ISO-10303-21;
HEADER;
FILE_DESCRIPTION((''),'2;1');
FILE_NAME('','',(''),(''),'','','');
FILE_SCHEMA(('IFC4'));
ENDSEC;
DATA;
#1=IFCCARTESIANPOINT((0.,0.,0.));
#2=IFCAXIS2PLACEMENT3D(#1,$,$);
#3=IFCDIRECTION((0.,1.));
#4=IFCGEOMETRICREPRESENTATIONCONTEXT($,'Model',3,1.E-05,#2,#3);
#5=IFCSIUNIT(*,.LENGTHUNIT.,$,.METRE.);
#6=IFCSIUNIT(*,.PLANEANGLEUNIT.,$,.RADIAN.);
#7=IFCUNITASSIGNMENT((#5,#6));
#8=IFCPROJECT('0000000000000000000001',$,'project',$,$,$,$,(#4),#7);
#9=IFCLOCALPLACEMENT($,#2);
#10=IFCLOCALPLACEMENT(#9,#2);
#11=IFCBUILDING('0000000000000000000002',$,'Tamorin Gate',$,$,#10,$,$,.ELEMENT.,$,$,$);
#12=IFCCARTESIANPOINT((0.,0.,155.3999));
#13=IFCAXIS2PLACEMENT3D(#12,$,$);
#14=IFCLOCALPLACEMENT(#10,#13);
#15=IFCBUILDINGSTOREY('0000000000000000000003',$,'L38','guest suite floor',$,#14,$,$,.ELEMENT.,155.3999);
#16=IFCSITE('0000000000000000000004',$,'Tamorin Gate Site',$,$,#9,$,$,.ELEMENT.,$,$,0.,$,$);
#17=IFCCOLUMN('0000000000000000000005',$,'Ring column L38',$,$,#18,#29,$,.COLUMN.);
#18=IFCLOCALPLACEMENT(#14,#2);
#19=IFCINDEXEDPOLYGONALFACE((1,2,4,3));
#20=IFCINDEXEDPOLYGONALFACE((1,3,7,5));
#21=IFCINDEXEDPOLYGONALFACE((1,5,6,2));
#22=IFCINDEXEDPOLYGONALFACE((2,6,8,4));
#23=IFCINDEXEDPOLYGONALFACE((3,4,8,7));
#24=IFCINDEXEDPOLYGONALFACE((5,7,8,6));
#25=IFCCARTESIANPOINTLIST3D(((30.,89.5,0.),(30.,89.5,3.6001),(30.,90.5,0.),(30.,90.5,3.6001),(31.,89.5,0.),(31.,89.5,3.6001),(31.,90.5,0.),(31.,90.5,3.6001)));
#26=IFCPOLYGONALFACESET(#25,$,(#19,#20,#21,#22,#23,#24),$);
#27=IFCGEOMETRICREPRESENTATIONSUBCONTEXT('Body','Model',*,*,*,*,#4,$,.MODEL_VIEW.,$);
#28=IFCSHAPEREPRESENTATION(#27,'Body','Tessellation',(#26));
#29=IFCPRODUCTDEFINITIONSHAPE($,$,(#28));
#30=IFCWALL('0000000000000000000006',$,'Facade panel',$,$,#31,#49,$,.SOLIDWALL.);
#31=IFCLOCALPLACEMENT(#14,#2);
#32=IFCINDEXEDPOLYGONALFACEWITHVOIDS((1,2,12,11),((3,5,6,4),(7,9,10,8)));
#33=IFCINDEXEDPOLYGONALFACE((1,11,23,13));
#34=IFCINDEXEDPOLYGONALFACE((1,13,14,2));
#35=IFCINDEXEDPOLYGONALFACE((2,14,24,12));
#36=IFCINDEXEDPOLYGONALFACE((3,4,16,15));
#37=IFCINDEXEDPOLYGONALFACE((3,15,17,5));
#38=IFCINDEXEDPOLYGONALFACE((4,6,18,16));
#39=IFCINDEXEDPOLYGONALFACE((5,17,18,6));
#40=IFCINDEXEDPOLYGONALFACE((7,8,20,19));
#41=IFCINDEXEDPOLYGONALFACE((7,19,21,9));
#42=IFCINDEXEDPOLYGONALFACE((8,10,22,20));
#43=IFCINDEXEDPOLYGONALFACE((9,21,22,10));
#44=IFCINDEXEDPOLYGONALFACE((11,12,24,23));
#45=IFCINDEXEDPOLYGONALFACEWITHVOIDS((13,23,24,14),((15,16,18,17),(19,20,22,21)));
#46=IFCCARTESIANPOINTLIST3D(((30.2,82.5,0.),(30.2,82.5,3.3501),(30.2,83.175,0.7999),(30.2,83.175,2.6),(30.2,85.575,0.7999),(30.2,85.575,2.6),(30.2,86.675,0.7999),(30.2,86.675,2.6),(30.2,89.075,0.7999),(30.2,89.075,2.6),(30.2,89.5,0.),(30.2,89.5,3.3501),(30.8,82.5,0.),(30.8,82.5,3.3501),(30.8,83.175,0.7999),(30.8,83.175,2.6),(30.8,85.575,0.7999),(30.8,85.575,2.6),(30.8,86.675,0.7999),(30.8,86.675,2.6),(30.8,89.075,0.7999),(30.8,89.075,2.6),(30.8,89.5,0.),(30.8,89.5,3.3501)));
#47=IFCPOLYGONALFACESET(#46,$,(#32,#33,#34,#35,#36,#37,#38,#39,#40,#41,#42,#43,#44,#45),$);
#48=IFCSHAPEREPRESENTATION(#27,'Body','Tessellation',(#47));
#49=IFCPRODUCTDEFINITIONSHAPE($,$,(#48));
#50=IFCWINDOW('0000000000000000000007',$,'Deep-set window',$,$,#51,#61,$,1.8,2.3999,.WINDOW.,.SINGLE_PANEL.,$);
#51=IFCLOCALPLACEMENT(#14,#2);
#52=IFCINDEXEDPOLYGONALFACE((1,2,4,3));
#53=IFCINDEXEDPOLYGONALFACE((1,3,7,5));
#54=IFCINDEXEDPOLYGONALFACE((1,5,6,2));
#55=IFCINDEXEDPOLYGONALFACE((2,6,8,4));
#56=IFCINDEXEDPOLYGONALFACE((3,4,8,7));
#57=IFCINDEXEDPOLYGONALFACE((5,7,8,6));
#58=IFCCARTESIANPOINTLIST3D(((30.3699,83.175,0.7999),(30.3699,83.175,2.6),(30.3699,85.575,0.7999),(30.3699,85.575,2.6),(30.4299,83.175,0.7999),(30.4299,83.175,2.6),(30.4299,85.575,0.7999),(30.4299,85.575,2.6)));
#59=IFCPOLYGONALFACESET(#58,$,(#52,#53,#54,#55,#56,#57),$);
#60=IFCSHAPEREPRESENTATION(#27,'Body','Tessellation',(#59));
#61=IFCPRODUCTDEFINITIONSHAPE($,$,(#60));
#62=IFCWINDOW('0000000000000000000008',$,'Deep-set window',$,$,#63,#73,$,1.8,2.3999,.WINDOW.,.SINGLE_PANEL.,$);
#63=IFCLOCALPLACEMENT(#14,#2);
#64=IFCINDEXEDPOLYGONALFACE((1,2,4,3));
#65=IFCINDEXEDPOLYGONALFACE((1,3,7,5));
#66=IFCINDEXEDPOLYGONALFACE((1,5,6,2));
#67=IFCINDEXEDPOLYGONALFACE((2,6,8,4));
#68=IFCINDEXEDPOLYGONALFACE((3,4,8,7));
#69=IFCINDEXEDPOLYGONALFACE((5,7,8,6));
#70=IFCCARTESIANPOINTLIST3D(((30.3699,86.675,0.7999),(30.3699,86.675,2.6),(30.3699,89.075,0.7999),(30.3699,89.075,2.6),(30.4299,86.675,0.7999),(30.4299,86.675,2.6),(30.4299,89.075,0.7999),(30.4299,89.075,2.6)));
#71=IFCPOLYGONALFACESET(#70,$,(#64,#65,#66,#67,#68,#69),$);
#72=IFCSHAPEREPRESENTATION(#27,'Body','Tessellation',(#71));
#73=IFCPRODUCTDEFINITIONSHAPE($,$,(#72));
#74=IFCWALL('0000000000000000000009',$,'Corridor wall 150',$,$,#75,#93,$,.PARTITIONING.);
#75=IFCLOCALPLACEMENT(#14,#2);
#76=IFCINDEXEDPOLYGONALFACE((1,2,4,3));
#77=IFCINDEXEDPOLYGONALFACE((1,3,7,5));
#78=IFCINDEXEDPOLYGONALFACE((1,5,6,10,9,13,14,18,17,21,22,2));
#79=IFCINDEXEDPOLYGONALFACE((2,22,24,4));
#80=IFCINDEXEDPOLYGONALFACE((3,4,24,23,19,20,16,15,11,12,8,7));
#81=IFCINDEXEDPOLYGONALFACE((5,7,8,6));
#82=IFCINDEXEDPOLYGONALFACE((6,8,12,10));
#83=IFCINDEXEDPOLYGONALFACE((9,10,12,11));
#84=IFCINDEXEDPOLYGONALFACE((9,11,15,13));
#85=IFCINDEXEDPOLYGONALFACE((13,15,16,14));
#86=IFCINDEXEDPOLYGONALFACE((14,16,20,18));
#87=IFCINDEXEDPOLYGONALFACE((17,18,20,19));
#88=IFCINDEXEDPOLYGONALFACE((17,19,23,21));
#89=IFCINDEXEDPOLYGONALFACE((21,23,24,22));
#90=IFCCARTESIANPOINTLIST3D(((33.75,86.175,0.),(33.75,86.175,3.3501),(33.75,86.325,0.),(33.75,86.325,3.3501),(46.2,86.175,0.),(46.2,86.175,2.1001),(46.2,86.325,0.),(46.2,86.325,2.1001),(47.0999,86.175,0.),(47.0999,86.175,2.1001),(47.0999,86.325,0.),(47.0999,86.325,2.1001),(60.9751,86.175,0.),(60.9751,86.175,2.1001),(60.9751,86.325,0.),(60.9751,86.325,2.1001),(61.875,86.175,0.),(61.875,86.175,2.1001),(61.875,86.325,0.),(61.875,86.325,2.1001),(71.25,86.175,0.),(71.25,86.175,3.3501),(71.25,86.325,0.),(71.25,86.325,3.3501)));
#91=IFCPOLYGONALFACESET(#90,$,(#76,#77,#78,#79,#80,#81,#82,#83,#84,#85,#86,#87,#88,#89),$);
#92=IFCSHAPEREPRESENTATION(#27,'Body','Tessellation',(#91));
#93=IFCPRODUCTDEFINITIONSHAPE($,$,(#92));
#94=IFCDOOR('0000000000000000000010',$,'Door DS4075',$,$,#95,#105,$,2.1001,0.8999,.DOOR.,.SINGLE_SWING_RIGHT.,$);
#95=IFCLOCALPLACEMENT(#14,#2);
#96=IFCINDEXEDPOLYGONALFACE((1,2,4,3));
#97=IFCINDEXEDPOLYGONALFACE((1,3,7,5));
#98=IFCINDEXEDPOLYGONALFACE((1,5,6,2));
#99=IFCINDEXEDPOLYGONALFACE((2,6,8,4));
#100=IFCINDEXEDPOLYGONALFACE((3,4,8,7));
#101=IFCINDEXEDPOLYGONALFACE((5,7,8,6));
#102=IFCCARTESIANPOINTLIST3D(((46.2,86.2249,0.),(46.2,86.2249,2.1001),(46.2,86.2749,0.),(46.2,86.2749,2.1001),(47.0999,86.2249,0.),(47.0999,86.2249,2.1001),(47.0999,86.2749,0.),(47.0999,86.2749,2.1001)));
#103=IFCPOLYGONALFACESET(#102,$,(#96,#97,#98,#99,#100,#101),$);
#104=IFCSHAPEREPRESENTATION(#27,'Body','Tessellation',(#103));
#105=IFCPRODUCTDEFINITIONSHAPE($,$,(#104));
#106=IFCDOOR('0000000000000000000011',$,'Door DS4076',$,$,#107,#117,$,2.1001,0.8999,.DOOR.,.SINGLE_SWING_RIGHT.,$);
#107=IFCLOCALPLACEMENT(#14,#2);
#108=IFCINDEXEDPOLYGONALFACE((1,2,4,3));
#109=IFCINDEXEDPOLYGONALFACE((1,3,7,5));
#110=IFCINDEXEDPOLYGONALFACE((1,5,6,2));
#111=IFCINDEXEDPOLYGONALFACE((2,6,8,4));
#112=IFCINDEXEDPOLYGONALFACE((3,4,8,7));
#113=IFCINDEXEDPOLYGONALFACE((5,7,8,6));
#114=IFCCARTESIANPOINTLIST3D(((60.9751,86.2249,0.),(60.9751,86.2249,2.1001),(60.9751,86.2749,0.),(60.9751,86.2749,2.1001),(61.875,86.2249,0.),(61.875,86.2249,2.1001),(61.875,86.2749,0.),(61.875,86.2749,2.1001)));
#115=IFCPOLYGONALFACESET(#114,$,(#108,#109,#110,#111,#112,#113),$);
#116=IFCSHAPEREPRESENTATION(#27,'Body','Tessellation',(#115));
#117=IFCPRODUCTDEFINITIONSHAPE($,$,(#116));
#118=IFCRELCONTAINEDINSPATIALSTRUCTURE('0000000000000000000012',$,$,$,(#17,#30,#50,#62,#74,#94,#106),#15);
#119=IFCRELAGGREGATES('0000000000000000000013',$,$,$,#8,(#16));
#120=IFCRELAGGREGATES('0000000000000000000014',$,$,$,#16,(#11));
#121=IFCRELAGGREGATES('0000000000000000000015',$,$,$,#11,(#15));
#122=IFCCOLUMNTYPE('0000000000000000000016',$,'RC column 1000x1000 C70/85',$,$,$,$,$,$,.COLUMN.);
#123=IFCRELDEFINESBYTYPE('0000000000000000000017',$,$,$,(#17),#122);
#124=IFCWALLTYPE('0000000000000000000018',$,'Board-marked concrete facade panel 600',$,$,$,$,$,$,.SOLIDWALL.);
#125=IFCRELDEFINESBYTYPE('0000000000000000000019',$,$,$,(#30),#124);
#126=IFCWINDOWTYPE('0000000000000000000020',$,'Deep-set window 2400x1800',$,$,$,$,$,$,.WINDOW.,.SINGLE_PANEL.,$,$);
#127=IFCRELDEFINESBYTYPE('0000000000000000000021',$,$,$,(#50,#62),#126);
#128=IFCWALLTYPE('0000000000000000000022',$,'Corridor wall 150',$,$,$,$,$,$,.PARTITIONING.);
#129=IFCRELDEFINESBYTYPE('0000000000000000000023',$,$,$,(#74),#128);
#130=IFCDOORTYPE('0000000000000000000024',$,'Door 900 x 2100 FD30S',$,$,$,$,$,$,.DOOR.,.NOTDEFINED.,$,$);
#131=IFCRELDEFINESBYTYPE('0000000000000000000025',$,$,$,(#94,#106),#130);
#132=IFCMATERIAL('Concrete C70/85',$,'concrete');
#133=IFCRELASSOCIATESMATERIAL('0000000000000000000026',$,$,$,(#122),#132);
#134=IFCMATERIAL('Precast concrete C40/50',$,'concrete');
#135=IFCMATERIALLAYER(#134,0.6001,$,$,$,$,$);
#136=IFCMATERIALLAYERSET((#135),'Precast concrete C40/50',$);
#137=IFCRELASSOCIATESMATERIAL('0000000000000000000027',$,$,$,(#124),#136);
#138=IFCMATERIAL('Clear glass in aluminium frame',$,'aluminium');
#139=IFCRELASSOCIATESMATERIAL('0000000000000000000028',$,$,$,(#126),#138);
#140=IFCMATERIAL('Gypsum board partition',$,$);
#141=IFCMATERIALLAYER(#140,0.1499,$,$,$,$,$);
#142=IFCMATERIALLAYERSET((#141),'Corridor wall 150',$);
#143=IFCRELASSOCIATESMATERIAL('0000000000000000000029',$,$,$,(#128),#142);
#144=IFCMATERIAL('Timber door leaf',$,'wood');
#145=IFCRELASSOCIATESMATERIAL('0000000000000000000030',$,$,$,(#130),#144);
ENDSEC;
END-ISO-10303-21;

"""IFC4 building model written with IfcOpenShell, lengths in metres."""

from ifc_helpers import new_model, si_unit, direction, frame, frame_2d, origin, origin_2d, place, context, subcontext, project, spatial, rectangle, extrude, material, layer, layer_set, material_profile, profile_set, type_object, element, fill, save


model = new_model("IFC4")

# Units and contexts
model_context = context("Model", 3, precision=1e-05, world=origin(), true_north=direction((0.0, 1.0)))
body_context = subcontext(model_context, "Body", "Model", "MODEL_VIEW")
ifc_project = project(units=[si_unit("LENGTHUNIT", "METRE"), si_unit("PLANEANGLEUNIT", "RADIAN")], contexts=[model_context])

# Site, building, storey
site_placement = place(None, origin())
site = spatial("IfcSite", under=ifc_project, at=site_placement, Name="Tamorin Gate Site", CompositionType="ELEMENT", RefElevation=0.0)
building_placement = place(site_placement, origin())
building = spatial("IfcBuilding", under=site, at=building_placement, Name="Tamorin Gate", CompositionType="ELEMENT")
storey_placement = place(building_placement, frame((0.0, 0.0, 155.3999)))
storey = spatial("IfcBuildingStorey", under=building, at=storey_placement, Name="L38", Description="guest suite floor", CompositionType="ELEMENT", Elevation=155.3999)

# Column
ifc_material_1 = material(Name="Concrete C70/85", Category="concrete")
ifc_material_profile = material_profile(ifc_material_1, rectangle(XDim=1.0, YDim=1.0, at=origin_2d()), Name="RC 1000x1000")
ifc_profile_set = profile_set([ifc_material_profile], Name="Concrete C70/85")
column_type = type_object("IfcColumnType", Name="RC column 1000x1000 C70/85", PredefinedType="COLUMN", material=ifc_profile_set)
column_placement = place(storey_placement, frame((30.5, 90.0, 0.0), z_axis=(0.0, 0.0, 1.0), x_axis=(1.0, 0.0, 0.0)))
element("IfcColumn", 1, at=column_placement, inside=storey, type_object=column_type, Name="Ring column L38", PredefinedType="COLUMN", context=body_context, shape_type="SweptSolid", body=[
    extrude(rectangle(XDim=1.0, YDim=1.0, at=origin_2d()), origin(), (0.0, 0.0, 1.0), 3.6001),
])

# Wall, openings, windows
ifc_material_2 = material(Name="Precast concrete C40/50", Category="concrete")
ifc_layer_1 = layer(ifc_material_2, 0.6001)
ifc_layer_set_1 = layer_set([ifc_layer_1], Name="Precast concrete C40/50")
wall_type_1 = type_object("IfcWallType", Name="Board-marked concrete facade panel 600", PredefinedType="SOLIDWALL", material=ifc_layer_set_1)
wall_1_placement = place(storey_placement, frame((30.5, 89.5, 0.0), z_axis=(0.0, 0.0, 1.0), x_axis=(0.0, -1.0, 0.0)))
wall_1 = element("IfcWall", 2, at=wall_1_placement, inside=storey, type_object=wall_type_1, Name="Facade panel", PredefinedType="SOLIDWALL", context=body_context, shape_type="SweptSolid", body=[
    extrude(rectangle(XDim=7.0, YDim=0.6001, at=frame_2d((3.5, 0.0))), origin(), (0.0, 0.0, 1.0), 3.3501),
])
opening_1_placement = place(wall_1_placement, frame((3.925, 0.0, 0.8)))
opening_1 = element("IfcOpeningElement", 3, at=opening_1_placement, cuts=wall_1, PredefinedType="OPENING", context=body_context, shape_type="SweptSolid", body=[
    extrude(rectangle(XDim=2.3999, YDim=1.8, at=frame_2d((1.2, 0.8999))), frame((0.0, 0.3101, 0.0), z_axis=(0.0, -1.0, 0.0), x_axis=(1.0, 0.0, 0.0)), (0.0, 0.0, 1.0), 0.6201),
])
opening_2_placement = place(wall_1_placement, frame((0.425, 0.0, 0.8)))
opening_2 = element("IfcOpeningElement", 4, at=opening_2_placement, cuts=wall_1, PredefinedType="OPENING", context=body_context, shape_type="SweptSolid", body=[
    extrude(rectangle(XDim=2.3999, YDim=1.8, at=frame_2d((1.2, 0.8999))), frame((0.0, 0.3101, 0.0), z_axis=(0.0, -1.0, 0.0), x_axis=(1.0, 0.0, 0.0)), (0.0, 0.0, 1.0), 0.6201),
])
ifc_material_3 = material(Name="Clear glass in aluminium frame", Category="aluminium")
window_type = type_object("IfcWindowType", Name="Deep-set window 2400x1800", PartitioningType="SINGLE_PANEL", PredefinedType="WINDOW", material=ifc_material_3)
window_1_placement = place(opening_1_placement, origin())
window_1 = element("IfcWindow", 5, at=window_1_placement, inside=storey, type_object=window_type, Name="Deep-set window", OverallHeight=1.8, OverallWidth=2.3999, PartitioningType="SINGLE_PANEL", PredefinedType="WINDOW", context=body_context, shape_type="SweptSolid", body=[
    extrude(rectangle(XDim=2.3999, YDim=1.8, at=frame_2d((1.2, 0.8999))), frame((0.0, -0.0701, 0.0), z_axis=(0.0, -1.0, 0.0), x_axis=(1.0, 0.0, 0.0)), (0.0, 0.0, 1.0), 0.0601),
])
fill(opening_1, window_1)
window_2_placement = place(opening_2_placement, origin())
window_2 = element("IfcWindow", 6, at=window_2_placement, inside=storey, type_object=window_type, Name="Deep-set window", OverallHeight=1.8, OverallWidth=2.3999, PartitioningType="SINGLE_PANEL", PredefinedType="WINDOW", context=body_context, shape_type="SweptSolid", body=[
    extrude(rectangle(XDim=2.3999, YDim=1.8, at=frame_2d((1.2, 0.8999))), frame((0.0, -0.0701, 0.0), z_axis=(0.0, -1.0, 0.0), x_axis=(1.0, 0.0, 0.0)), (0.0, 0.0, 1.0), 0.0601),
])
fill(opening_2, window_2)

# Wall, openings, doors
ifc_material_4 = material(Name="Gypsum board partition")
ifc_layer_2 = layer(ifc_material_4, 0.1499)
ifc_layer_set_2 = layer_set([ifc_layer_2], Name="Corridor wall 150")
wall_type_2 = type_object("IfcWallType", Name="Corridor wall 150", PredefinedType="PARTITIONING", material=ifc_layer_set_2)
wall_2_placement = place(storey_placement, frame((33.75, 86.25, 0.0), z_axis=(0.0, 0.0, 1.0), x_axis=(1.0, 0.0, 0.0)))
wall_2 = element("IfcWall", 7, at=wall_2_placement, inside=storey, type_object=wall_type_2, Name="Corridor wall 150", PredefinedType="PARTITIONING", context=body_context, shape_type="SweptSolid", body=[
    extrude(rectangle(XDim=37.5, YDim=0.1499, at=frame_2d((18.75, 0.0))), origin(), (0.0, 0.0, 1.0), 3.3501),
])
opening_3_placement = place(wall_2_placement, frame((12.45, 0.0, 0.0)))
opening_3 = element("IfcOpeningElement", 8, at=opening_3_placement, cuts=wall_2, PredefinedType="OPENING", context=body_context, shape_type="SweptSolid", body=[
    extrude(rectangle(XDim=0.8999, YDim=2.1001, at=frame_2d((0.45, 1.05))), frame((0.0, 0.085, 0.0), z_axis=(0.0, -1.0, 0.0), x_axis=(1.0, 0.0, 0.0)), (0.0, 0.0, 1.0), 0.1699),
])
opening_4_placement = place(wall_2_placement, frame((27.2251, 0.0, 0.0)))
opening_4 = element("IfcOpeningElement", 9, at=opening_4_placement, cuts=wall_2, PredefinedType="OPENING", context=body_context, shape_type="SweptSolid", body=[
    extrude(rectangle(XDim=0.8999, YDim=2.1001, at=frame_2d((0.45, 1.05))), frame((0.0, 0.085, 0.0), z_axis=(0.0, -1.0, 0.0), x_axis=(1.0, 0.0, 0.0)), (0.0, 0.0, 1.0), 0.1699),
])
ifc_material_5 = material(Name="Timber door leaf", Category="wood")
door_type_1 = type_object("IfcDoorType", Name="Door 900 x 2100 FD30S", OperationType="NOTDEFINED", PredefinedType="DOOR", material=ifc_material_5)
door_1_placement = place(opening_3_placement, origin())
door_1 = element("IfcDoor", 10, at=door_1_placement, inside=storey, type_object=door_type_1, Name="Door DS4075", OperationType="SINGLE_SWING_RIGHT", OverallHeight=2.1001, OverallWidth=0.8999, PredefinedType="DOOR", context=body_context, shape_type="SweptSolid", body=[
    extrude(rectangle(XDim=0.8999, YDim=2.1001, at=frame_2d((0.45, 1.05))), frame((0.0, 0.0249, 0.0), z_axis=(0.0, -1.0, 0.0), x_axis=(1.0, 0.0, 0.0)), (0.0, 0.0, 1.0), 0.05),
])
fill(opening_3, door_1)
door_2_placement = place(opening_4_placement, origin())
door_2 = element("IfcDoor", 11, at=door_2_placement, inside=storey, type_object=door_type_1, Name="Door DS4076", OperationType="SINGLE_SWING_RIGHT", OverallHeight=2.1001, OverallWidth=0.8999, PredefinedType="DOOR", context=body_context, shape_type="SweptSolid", body=[
    extrude(rectangle(XDim=0.8999, YDim=2.1001, at=frame_2d((0.45, 1.05))), frame((0.0, 0.0249, 0.0), z_axis=(0.0, -1.0, 0.0), x_axis=(1.0, 0.0, 0.0)), (0.0, 0.0, 1.0), 0.05),
])
fill(opening_4, door_2)

save(model, "model.ifc")
